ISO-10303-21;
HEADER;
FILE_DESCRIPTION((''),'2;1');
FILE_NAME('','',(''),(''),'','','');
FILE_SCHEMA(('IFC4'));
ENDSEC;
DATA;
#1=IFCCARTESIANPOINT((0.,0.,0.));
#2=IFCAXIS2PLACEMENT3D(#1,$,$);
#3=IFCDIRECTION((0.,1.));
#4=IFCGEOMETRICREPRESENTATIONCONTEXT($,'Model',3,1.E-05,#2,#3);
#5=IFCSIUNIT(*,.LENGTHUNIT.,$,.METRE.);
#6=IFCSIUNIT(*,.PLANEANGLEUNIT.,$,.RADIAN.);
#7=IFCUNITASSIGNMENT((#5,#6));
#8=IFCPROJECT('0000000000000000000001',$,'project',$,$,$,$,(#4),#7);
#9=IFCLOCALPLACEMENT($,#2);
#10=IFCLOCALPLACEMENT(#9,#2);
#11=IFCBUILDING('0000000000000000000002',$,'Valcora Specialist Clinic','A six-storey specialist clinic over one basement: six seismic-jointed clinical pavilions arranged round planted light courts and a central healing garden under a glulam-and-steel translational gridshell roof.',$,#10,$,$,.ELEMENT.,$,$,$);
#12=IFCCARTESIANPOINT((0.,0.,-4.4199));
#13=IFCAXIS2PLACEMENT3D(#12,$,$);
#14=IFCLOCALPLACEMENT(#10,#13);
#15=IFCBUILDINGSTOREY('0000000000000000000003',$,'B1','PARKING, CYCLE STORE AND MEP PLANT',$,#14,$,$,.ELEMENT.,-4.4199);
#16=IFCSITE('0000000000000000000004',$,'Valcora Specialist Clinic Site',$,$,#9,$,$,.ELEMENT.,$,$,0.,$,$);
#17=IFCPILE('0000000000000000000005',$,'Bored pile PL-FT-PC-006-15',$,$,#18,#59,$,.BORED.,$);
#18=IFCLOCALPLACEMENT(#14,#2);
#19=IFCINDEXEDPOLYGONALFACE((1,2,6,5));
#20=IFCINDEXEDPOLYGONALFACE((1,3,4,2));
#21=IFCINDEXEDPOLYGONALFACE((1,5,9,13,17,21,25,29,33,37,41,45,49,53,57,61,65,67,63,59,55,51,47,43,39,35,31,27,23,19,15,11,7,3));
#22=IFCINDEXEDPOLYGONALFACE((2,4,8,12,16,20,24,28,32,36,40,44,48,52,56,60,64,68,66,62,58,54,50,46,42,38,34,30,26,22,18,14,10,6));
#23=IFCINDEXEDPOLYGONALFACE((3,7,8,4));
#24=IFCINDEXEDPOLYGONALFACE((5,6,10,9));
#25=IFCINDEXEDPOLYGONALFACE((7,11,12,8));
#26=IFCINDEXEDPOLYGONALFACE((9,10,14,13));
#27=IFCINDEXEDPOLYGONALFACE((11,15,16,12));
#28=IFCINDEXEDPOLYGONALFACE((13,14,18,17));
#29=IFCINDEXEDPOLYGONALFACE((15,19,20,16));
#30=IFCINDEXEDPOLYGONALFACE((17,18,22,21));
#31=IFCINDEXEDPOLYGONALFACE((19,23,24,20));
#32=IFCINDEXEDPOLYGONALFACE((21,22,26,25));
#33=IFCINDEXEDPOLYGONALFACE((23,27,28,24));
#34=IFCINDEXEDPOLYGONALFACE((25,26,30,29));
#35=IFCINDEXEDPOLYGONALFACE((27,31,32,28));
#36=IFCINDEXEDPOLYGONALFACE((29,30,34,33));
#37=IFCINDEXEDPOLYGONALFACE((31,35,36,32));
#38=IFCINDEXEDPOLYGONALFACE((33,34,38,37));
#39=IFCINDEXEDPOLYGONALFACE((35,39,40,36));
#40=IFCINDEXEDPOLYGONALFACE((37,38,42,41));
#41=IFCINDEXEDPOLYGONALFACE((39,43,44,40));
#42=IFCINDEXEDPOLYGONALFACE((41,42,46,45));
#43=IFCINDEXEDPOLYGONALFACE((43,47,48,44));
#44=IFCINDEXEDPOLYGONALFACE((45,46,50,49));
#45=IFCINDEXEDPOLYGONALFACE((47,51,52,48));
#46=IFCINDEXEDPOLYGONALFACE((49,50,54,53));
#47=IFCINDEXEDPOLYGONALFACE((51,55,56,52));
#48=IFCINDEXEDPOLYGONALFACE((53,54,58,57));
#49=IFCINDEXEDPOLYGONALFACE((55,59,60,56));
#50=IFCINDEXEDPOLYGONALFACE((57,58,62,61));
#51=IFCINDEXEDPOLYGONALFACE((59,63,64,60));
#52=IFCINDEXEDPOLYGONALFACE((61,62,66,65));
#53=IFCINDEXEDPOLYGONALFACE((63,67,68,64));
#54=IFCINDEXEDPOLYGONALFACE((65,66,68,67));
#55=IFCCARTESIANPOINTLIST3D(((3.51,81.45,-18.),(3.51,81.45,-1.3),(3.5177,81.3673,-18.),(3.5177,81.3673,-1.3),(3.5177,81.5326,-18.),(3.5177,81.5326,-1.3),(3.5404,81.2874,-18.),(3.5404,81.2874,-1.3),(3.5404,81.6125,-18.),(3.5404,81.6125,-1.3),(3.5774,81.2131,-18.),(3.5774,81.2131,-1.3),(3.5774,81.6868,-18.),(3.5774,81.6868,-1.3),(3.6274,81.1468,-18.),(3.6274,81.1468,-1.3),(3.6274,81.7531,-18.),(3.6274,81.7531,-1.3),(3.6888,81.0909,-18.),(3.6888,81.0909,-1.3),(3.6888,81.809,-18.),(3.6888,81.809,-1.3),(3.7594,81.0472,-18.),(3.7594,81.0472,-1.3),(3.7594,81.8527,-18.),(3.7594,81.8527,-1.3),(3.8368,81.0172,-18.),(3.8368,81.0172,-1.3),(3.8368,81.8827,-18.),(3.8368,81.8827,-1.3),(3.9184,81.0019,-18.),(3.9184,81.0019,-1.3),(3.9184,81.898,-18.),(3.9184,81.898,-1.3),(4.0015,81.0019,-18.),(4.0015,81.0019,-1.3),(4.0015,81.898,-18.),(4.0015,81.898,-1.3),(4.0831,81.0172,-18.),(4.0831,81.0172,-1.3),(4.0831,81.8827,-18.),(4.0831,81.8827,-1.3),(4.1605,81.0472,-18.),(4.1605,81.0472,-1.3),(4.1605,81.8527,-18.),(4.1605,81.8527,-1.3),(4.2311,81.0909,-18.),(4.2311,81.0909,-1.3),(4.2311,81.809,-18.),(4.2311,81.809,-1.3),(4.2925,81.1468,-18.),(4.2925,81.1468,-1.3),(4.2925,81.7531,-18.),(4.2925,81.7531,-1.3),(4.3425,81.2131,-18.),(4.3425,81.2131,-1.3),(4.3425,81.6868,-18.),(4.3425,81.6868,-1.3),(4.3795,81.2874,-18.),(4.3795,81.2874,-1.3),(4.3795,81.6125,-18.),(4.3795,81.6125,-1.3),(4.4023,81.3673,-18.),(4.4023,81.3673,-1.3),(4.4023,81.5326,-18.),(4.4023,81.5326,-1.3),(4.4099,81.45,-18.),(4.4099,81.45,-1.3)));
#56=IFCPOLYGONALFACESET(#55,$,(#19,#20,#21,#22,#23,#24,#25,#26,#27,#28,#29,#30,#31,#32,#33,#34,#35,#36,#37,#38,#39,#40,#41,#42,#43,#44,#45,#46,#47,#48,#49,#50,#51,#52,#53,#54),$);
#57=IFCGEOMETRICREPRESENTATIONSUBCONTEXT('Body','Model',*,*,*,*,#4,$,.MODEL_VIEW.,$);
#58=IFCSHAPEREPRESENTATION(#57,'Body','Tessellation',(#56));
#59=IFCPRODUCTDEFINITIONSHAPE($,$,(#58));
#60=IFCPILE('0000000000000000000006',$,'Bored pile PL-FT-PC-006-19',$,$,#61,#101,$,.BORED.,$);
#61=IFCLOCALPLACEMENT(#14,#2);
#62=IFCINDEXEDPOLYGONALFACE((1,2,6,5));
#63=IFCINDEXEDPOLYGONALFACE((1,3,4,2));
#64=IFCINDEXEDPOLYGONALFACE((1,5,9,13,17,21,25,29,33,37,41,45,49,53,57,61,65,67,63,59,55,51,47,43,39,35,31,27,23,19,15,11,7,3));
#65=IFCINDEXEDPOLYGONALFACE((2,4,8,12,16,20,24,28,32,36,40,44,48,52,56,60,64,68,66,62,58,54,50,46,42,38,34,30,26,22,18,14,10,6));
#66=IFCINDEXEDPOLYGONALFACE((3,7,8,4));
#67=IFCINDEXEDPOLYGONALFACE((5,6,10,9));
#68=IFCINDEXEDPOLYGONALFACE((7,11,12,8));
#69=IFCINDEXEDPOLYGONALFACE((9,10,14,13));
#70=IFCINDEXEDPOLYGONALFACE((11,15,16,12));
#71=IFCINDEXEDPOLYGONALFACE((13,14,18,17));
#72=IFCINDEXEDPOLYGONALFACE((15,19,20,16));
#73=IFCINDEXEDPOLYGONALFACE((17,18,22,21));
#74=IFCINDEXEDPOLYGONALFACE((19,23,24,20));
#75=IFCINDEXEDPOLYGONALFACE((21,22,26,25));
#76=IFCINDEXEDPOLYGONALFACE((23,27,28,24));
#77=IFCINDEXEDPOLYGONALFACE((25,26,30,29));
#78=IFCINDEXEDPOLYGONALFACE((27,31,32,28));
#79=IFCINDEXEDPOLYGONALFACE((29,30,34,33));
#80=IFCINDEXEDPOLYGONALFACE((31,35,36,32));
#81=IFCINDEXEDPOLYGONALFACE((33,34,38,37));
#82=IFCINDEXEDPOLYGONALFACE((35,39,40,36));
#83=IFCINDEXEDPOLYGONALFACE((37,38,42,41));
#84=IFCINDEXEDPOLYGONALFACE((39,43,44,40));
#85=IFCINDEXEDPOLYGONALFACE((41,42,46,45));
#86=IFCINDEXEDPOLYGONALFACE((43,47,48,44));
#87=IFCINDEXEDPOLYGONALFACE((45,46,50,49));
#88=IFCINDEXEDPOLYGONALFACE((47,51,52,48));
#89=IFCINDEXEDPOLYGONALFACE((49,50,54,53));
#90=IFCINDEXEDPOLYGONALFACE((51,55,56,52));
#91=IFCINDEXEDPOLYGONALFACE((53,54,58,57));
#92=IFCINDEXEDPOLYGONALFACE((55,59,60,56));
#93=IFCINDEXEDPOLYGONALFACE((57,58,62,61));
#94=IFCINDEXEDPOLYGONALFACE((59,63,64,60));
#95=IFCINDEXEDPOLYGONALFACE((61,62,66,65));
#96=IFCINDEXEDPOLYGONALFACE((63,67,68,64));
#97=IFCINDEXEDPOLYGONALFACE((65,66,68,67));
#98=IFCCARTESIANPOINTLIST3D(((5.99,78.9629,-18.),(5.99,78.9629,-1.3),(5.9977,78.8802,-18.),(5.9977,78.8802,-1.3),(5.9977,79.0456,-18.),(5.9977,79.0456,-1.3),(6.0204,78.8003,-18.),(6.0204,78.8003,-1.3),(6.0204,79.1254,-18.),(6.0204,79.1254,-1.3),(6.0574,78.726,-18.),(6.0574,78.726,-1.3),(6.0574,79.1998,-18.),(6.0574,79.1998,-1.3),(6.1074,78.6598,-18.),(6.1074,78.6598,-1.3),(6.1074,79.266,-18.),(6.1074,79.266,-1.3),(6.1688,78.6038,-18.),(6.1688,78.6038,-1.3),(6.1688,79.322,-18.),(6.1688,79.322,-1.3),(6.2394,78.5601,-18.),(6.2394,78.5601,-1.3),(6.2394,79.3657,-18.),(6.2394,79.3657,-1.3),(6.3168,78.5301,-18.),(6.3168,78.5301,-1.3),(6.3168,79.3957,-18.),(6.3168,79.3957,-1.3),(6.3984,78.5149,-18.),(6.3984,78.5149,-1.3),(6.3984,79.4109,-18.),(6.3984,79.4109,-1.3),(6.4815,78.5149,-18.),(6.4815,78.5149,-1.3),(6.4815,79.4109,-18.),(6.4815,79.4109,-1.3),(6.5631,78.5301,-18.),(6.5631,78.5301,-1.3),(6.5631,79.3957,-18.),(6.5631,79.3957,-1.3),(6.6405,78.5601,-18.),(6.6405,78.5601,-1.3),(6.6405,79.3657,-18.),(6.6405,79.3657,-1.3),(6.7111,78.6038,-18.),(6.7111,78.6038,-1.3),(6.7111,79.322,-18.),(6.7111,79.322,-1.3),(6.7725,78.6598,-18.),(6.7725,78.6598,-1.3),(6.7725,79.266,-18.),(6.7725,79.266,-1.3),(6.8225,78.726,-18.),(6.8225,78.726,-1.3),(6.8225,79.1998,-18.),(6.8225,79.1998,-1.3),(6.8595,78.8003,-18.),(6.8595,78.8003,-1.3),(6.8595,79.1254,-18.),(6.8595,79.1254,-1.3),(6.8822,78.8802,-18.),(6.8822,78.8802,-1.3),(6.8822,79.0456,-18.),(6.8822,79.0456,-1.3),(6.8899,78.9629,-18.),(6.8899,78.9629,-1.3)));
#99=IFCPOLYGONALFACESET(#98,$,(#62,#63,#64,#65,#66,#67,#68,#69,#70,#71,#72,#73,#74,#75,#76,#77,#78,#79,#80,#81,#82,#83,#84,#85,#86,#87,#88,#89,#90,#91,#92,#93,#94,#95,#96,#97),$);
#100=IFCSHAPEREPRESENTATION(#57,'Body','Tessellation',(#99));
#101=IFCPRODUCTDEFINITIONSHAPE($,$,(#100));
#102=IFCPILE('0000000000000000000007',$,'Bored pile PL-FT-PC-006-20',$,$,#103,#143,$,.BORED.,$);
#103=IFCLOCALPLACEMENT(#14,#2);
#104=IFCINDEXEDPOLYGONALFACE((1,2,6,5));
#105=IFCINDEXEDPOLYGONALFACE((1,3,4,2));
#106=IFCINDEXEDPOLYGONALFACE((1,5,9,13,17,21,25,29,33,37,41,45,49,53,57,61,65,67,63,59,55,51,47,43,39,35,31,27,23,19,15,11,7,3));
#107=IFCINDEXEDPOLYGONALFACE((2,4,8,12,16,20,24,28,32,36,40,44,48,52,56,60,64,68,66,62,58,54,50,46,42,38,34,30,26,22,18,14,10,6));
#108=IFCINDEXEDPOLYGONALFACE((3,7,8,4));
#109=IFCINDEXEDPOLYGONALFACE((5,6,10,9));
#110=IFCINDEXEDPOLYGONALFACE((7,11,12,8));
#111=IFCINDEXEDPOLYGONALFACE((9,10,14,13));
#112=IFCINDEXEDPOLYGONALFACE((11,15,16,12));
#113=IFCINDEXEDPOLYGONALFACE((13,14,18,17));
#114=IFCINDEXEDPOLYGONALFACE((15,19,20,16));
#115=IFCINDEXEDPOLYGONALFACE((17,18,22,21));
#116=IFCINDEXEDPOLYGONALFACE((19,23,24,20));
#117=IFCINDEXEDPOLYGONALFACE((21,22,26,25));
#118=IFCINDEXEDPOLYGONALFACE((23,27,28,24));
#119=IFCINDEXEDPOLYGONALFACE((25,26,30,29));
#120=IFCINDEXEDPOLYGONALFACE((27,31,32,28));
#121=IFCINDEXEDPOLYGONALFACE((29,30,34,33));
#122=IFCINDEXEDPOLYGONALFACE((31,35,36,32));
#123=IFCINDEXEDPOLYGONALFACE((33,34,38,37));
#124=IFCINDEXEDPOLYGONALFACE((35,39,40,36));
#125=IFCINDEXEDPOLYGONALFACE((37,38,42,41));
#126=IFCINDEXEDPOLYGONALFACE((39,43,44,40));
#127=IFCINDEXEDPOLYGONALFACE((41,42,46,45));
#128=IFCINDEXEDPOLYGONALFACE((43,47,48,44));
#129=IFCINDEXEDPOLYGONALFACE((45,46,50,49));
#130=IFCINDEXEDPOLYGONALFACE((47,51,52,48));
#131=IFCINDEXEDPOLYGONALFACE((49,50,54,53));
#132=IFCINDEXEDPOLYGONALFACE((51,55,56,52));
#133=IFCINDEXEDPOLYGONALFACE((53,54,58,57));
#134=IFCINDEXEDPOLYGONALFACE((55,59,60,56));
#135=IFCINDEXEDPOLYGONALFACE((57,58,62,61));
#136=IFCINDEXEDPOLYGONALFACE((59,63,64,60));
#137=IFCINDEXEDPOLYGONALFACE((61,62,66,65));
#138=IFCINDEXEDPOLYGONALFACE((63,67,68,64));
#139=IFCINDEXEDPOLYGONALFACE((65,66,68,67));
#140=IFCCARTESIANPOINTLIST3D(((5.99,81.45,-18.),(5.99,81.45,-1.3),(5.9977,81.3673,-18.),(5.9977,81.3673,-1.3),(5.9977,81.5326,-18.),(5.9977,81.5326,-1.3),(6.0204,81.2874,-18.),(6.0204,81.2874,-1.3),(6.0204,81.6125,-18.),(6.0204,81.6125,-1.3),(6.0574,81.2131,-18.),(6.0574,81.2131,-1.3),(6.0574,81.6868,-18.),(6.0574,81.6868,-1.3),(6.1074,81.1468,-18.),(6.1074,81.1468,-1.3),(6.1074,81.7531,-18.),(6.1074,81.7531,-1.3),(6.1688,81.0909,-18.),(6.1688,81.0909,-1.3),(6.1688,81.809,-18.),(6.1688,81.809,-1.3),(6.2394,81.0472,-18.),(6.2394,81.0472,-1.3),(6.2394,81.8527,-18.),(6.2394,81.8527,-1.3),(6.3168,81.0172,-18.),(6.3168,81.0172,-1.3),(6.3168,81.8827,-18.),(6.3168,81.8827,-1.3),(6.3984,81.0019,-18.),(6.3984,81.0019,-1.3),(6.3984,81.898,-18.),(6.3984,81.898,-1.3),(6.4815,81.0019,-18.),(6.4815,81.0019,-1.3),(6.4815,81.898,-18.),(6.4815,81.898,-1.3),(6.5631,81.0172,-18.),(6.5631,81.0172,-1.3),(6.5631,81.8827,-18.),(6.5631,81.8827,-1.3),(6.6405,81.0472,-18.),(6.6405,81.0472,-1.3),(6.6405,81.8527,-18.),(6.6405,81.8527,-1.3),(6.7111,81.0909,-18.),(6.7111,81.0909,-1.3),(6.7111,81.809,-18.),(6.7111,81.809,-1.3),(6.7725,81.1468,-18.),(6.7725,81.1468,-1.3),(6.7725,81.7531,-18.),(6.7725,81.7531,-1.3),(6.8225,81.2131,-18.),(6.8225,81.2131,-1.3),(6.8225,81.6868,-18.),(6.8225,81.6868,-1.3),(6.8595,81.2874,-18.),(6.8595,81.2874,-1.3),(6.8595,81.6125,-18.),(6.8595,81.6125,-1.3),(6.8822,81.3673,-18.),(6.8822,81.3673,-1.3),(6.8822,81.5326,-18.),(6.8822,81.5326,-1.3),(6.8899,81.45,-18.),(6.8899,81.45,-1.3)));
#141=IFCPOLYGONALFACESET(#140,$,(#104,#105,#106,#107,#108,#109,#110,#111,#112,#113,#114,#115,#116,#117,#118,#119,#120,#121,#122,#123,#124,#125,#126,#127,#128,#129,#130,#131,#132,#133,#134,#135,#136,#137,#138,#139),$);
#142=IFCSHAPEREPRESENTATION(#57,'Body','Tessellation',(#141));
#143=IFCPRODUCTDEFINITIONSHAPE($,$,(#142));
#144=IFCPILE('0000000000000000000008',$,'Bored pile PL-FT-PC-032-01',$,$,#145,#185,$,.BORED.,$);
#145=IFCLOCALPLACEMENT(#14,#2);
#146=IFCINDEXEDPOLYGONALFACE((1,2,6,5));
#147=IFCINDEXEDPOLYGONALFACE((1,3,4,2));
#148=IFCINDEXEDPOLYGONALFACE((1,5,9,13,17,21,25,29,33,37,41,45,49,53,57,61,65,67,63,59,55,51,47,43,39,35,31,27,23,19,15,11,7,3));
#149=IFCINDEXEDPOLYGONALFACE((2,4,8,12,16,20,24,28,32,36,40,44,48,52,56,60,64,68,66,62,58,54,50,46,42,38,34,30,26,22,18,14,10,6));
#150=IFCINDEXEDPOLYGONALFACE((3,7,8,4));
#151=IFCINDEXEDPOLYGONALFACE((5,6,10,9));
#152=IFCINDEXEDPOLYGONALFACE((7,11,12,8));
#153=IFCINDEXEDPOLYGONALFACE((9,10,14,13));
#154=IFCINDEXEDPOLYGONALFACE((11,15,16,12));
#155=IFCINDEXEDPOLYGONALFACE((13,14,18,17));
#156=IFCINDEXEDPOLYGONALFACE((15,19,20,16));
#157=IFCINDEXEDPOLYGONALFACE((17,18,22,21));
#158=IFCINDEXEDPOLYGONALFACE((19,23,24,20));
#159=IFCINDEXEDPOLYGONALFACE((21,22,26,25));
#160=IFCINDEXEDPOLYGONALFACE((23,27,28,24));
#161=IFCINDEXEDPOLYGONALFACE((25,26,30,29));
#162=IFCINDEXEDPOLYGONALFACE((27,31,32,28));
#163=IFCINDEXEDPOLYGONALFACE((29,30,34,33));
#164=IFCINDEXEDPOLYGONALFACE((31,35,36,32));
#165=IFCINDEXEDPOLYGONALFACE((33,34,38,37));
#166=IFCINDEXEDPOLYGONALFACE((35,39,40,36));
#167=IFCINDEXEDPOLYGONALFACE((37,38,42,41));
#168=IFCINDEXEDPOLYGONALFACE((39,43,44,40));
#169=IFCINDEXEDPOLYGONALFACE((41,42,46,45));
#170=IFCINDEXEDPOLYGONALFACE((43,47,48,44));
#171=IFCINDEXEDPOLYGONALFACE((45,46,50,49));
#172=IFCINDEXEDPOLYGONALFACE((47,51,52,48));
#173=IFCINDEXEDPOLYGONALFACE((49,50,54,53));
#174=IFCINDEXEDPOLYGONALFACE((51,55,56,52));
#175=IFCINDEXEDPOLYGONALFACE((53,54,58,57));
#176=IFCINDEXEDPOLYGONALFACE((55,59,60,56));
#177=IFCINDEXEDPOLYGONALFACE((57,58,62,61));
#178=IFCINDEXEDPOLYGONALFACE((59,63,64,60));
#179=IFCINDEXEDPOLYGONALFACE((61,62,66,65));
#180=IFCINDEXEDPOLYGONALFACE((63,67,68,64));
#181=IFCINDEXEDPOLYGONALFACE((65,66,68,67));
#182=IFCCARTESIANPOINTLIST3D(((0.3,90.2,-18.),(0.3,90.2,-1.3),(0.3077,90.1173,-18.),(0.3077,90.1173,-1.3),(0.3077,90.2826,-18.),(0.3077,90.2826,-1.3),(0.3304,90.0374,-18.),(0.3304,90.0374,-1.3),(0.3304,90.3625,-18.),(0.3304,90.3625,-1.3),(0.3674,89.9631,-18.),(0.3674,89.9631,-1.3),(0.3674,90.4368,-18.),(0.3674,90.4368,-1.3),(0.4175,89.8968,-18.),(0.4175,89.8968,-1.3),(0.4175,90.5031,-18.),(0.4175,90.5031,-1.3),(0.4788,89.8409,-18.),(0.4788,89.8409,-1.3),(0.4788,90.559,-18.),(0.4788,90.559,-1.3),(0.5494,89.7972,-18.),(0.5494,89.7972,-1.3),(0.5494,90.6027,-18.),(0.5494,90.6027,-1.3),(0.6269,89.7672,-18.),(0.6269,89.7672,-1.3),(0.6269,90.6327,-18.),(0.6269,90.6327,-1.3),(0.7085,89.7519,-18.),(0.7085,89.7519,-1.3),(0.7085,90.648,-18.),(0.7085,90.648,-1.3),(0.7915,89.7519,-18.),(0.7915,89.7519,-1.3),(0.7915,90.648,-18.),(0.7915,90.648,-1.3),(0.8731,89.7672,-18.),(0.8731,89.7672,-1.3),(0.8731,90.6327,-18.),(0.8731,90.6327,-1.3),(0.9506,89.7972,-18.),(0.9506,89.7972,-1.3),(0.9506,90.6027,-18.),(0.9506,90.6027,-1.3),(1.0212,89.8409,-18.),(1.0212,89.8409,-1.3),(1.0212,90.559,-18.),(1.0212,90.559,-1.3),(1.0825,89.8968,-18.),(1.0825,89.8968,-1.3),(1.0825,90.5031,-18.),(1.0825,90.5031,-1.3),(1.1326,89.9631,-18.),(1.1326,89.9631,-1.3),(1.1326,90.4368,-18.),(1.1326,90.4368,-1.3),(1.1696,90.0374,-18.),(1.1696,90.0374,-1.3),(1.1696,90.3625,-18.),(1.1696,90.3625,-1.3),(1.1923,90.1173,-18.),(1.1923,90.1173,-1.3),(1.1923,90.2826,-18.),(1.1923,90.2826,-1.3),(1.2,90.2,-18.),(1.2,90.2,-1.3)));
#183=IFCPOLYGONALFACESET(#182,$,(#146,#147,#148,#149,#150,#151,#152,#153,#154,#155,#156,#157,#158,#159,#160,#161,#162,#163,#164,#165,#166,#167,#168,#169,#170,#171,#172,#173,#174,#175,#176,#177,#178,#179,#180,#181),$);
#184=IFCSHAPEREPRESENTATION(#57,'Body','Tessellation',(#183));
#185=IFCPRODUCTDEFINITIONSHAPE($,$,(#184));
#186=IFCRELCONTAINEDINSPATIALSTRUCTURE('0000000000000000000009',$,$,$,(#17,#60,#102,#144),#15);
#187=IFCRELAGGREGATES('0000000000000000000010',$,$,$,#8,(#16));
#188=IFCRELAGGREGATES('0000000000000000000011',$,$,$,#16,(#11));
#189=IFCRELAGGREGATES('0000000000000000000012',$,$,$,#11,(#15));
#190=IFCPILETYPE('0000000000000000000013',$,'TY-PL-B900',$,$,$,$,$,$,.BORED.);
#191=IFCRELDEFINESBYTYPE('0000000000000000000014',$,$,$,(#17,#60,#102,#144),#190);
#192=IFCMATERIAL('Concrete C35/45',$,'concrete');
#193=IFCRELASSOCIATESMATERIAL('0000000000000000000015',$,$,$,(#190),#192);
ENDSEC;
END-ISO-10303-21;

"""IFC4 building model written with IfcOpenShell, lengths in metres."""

from ifc_helpers import new_model, si_unit, direction, frame, origin, origin_2d, place, context, subcontext, project, spatial, circle, extrude, material, material_profile, profile_set, type_object, element, save


model = new_model("IFC4")

# Units and contexts
model_context = context("Model", 3, precision=1e-05, world=origin(), true_north=direction((0.0, 1.0)))
body_context = subcontext(model_context, "Body", "Model", "MODEL_VIEW")
ifc_project = project(units=[si_unit("LENGTHUNIT", "METRE"), si_unit("PLANEANGLEUNIT", "RADIAN")], contexts=[model_context])

# Site, building, storey
site_placement = place(None, origin())
site = spatial("IfcSite", under=ifc_project, at=site_placement, Name="Valcora Specialist Clinic Site", CompositionType="ELEMENT", RefElevation=0.0)
building_placement = place(site_placement, origin())
building = spatial("IfcBuilding", under=site, at=building_placement, Name="Valcora Specialist Clinic", Description="A six-storey specialist clinic over one basement: six seismic-jointed clinical pavilions arranged round planted light courts and a central healing garden under a glulam-and-steel translational gridshell roof.", CompositionType="ELEMENT")
storey_placement = place(building_placement, frame((0.0, 0.0, -4.4199)))
storey = spatial("IfcBuildingStorey", under=building, at=storey_placement, Name="B1", Description="PARKING, CYCLE STORE AND MEP PLANT", CompositionType="ELEMENT", Elevation=-4.4199)

# Shared definitions
ifc_material_1 = material(Name="Concrete C35/45", Category="concrete")

# Piles
ifc_material_profile_1 = material_profile(ifc_material_1, circle(Radius=0.45, at=origin_2d()), Name="RC-PIL-D900")
ifc_profile_set_1 = profile_set([ifc_material_profile_1], Name="Concrete C35/45")
pile_type = type_object("IfcPileType", Name="TY-PL-B900", PredefinedType="BORED", material=ifc_profile_set_1)
for number, where, z_axis, x_axis, name in (
    (1, (3.96, 81.45, -1.3), (0.0, 0.0, -1.0), (1.0, 0.0, 0.0), "Bored pile PL-FT-PC-006-15"),
    (2, (6.4399, 78.9629, -1.3), (0.0, 0.0, -1.0), (1.0, 0.0, 0.0), "Bored pile PL-FT-PC-006-19"),
    (3, (6.4399, 81.45, -1.3), (0.0, 0.0, -1.0), (1.0, 0.0, 0.0), "Bored pile PL-FT-PC-006-20"),
    (4, (0.75, 90.2, -1.3), (0.0, 0.0, -1.0), (1.0, 0.0, 0.0), "Bored pile PL-FT-PC-032-01"),
):
    element("IfcPile", number, at=place(storey_placement, frame(where, z_axis=z_axis, x_axis=x_axis)), inside=storey, type_object=pile_type, Name=name, PredefinedType="BORED", context=body_context, shape_type="SweptSolid", body=[
        extrude(circle(Radius=0.45, at=origin_2d()), origin(), (0.0, 0.0, 1.0), 16.7),
    ])

save(model, "model.ifc")
